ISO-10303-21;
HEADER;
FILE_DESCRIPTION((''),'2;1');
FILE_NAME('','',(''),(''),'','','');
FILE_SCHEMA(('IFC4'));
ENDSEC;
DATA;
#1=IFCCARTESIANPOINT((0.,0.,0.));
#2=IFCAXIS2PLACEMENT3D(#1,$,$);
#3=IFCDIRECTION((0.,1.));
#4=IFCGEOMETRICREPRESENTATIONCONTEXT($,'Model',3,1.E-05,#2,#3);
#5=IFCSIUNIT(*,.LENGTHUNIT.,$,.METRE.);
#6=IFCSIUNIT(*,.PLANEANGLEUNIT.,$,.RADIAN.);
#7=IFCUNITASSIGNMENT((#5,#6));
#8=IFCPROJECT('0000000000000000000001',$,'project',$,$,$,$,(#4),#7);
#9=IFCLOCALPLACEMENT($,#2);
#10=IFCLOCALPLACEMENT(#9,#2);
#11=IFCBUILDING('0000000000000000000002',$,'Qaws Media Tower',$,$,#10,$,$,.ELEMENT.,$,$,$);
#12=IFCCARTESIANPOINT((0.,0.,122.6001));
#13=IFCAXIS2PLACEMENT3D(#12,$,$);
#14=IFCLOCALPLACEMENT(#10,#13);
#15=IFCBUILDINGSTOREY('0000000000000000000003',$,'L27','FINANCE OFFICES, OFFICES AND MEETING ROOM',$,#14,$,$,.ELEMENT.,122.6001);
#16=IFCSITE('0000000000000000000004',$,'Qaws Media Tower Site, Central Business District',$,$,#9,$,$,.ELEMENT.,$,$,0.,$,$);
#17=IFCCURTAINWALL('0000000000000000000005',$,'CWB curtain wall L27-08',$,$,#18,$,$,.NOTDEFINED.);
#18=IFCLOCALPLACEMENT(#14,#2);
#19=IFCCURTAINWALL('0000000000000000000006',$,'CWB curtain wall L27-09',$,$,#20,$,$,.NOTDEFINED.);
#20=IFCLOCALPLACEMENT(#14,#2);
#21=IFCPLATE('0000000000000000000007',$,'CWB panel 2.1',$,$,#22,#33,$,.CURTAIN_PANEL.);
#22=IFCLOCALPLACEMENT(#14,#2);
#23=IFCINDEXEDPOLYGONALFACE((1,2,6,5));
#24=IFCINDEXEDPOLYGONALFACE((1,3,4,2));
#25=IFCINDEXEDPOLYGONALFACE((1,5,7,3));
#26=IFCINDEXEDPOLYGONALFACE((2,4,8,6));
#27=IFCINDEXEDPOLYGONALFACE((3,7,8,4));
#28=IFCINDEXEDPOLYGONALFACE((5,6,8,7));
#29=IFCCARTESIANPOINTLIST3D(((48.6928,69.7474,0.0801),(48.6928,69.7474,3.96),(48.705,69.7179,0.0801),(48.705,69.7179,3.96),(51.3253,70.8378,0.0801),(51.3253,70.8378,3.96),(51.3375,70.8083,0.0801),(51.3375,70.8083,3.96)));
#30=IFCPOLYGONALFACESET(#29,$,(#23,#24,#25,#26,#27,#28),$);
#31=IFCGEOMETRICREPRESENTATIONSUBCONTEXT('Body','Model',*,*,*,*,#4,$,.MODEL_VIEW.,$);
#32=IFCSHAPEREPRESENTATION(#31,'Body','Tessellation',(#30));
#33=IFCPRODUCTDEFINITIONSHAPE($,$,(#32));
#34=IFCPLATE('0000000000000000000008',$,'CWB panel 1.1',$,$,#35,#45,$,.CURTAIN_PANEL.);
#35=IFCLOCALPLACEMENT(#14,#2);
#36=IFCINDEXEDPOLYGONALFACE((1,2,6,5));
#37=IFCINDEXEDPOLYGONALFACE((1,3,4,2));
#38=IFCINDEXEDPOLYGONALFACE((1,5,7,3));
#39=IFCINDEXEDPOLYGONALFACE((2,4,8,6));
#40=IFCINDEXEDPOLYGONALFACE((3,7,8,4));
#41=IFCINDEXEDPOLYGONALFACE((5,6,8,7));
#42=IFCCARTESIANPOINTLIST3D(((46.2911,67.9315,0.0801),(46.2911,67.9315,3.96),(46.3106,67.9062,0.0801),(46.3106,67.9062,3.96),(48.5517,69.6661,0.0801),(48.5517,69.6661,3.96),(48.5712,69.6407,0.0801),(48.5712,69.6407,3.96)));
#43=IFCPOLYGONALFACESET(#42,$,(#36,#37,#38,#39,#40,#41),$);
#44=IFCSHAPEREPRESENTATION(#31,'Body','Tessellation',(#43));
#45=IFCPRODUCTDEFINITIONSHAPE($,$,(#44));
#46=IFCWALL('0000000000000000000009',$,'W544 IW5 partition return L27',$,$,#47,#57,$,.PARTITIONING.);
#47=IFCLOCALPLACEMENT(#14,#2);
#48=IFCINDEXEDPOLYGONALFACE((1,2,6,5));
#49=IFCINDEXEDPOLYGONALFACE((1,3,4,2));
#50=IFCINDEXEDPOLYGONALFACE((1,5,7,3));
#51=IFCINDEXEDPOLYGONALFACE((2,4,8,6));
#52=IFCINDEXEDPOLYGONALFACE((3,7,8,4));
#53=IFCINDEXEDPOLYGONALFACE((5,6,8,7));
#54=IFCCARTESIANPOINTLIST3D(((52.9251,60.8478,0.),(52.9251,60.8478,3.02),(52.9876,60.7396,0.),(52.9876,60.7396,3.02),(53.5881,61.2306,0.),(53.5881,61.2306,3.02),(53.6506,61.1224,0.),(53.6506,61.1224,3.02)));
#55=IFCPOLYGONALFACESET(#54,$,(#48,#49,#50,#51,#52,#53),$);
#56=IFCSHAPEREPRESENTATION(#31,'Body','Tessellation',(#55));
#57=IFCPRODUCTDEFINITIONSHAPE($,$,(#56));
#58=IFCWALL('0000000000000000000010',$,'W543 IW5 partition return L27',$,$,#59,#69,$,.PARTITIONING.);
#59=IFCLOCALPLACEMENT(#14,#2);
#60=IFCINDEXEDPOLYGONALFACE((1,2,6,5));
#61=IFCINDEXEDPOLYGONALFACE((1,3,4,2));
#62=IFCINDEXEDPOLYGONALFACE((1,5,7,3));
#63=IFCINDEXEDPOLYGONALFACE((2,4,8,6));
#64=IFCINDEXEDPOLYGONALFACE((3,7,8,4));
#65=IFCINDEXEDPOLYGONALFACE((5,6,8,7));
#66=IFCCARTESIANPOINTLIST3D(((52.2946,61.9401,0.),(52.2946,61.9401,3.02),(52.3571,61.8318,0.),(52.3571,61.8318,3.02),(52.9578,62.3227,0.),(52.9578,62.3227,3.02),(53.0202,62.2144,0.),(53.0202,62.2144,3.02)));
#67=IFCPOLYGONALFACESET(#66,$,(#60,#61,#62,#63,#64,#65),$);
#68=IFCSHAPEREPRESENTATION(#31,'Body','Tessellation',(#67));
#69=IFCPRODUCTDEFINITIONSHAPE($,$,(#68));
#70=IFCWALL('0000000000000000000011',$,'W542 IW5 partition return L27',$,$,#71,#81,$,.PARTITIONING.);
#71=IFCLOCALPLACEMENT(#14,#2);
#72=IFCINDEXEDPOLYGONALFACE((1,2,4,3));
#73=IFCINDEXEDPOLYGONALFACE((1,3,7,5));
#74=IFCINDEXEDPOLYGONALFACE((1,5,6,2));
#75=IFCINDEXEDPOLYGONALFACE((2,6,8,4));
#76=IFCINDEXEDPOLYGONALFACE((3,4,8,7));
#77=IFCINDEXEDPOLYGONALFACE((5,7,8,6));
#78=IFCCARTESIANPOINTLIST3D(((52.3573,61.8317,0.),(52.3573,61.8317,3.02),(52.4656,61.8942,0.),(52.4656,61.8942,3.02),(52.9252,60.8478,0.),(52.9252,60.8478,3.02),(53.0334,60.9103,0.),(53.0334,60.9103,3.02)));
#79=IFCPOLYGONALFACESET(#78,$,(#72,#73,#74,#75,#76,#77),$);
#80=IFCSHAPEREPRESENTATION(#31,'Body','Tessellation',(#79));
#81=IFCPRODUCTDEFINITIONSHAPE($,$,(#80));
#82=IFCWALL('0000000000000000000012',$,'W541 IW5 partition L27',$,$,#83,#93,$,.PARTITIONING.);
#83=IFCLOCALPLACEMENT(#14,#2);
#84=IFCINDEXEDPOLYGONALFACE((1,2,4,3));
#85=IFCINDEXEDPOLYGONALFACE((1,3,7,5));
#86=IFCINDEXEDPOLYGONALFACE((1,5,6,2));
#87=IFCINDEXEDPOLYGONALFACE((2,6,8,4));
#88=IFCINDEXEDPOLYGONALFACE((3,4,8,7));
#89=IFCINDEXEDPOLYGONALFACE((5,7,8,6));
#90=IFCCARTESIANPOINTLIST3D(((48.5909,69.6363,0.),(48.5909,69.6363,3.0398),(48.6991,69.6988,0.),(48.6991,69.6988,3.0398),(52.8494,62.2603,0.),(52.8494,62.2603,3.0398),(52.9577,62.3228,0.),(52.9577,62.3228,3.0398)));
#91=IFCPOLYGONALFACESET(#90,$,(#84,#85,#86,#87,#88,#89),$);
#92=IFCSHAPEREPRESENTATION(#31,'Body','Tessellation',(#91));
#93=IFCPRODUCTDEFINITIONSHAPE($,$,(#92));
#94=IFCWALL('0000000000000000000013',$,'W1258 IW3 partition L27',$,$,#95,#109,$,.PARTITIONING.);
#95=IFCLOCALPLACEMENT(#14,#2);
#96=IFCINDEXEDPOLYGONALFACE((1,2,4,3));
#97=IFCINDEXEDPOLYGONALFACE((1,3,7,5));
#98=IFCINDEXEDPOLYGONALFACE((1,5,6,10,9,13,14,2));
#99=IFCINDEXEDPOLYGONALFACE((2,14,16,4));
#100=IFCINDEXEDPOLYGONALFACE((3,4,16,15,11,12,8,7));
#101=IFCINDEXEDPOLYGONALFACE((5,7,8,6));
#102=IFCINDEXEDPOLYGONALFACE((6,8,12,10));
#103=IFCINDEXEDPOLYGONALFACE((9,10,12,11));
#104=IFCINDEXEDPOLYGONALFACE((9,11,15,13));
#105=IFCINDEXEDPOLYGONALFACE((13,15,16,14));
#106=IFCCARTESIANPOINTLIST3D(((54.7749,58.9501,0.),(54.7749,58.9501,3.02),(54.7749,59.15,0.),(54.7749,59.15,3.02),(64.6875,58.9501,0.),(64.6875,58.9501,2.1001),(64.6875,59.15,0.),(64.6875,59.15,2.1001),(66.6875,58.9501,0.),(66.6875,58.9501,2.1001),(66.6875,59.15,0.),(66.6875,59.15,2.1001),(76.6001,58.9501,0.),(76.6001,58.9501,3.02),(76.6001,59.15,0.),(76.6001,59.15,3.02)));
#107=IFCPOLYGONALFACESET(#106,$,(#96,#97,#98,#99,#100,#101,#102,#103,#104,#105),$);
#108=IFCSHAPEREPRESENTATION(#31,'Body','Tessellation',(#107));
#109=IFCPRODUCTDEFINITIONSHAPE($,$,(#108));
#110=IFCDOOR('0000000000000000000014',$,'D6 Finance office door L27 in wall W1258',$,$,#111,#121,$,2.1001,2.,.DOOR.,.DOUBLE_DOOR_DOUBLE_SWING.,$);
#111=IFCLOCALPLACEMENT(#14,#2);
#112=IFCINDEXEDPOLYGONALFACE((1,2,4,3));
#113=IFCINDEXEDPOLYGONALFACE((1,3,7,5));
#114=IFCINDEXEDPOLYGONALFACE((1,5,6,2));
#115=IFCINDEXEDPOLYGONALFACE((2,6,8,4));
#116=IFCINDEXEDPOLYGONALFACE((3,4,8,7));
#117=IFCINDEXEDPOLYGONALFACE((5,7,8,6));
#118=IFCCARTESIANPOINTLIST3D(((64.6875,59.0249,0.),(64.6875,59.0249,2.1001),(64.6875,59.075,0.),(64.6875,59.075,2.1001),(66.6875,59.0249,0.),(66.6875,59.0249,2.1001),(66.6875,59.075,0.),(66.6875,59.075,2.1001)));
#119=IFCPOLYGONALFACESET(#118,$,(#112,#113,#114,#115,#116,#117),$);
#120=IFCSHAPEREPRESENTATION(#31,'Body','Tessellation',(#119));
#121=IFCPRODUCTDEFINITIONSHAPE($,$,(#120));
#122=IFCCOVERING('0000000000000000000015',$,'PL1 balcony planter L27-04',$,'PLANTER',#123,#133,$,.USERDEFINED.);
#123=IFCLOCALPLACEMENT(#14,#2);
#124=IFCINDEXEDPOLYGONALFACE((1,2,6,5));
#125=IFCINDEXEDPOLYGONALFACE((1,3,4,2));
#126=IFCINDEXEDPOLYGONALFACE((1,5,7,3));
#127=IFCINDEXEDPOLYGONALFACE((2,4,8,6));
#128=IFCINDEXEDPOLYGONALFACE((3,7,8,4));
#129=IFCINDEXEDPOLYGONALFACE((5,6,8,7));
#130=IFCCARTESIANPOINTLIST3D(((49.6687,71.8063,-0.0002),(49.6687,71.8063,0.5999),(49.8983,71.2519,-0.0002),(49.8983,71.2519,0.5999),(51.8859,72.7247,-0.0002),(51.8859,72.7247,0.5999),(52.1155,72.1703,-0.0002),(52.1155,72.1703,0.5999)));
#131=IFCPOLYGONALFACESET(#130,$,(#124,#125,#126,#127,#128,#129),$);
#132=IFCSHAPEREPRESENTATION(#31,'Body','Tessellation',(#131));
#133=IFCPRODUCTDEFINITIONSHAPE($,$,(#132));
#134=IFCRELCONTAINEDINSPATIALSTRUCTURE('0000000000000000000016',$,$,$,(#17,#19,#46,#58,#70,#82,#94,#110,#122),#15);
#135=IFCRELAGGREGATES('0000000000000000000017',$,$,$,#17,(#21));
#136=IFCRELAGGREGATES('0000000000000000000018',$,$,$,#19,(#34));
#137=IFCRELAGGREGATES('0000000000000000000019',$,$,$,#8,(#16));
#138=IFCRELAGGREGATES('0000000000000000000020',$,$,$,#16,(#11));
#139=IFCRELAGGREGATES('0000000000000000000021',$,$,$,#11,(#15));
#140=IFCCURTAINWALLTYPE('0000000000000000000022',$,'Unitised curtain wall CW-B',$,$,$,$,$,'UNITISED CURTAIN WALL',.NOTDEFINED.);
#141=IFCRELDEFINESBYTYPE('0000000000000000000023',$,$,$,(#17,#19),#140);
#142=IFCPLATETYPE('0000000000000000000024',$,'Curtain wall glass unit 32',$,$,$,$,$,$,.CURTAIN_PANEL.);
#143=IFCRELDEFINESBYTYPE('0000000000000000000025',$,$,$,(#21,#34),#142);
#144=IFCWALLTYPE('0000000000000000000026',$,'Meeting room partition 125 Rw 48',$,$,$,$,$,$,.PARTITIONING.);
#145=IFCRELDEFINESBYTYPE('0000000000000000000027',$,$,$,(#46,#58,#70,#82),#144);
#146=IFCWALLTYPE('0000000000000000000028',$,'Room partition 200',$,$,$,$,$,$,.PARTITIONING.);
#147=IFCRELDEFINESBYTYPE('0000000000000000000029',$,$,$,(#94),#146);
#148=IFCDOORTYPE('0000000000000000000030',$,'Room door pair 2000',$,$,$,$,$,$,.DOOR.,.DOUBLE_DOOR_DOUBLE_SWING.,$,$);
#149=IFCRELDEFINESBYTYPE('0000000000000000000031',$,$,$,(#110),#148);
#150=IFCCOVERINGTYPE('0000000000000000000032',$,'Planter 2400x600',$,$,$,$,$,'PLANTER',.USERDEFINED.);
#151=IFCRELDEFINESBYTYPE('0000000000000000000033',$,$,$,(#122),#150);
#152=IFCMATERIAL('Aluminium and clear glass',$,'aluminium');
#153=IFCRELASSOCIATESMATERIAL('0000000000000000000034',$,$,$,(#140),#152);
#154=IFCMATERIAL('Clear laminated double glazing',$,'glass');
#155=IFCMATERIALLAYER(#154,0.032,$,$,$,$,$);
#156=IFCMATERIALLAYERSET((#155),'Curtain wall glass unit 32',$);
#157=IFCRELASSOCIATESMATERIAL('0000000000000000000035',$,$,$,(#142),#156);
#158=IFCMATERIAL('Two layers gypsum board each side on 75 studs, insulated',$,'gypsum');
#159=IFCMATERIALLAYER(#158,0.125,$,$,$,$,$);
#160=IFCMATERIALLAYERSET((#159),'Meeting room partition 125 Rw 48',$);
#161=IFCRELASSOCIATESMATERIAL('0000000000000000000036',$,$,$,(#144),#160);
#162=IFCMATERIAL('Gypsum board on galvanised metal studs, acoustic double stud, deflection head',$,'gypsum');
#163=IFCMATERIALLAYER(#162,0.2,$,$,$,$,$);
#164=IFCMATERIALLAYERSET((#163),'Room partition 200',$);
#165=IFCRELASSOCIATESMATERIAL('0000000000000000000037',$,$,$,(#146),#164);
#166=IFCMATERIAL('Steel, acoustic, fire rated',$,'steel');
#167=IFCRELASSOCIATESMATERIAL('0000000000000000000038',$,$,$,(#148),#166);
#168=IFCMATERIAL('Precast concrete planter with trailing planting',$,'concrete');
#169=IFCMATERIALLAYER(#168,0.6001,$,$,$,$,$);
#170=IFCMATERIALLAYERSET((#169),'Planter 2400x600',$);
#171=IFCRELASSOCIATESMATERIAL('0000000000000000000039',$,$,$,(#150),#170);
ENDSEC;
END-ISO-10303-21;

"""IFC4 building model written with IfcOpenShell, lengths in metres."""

from ifc_helpers import new_model, si_unit, direction, frame, frame_2d, origin, origin_2d, place, context, subcontext, project, spatial, rectangle, extrude, material, layer, layer_set, type_object, element, fill, aggregate, save


model = new_model("IFC4")

# Units and contexts
model_context = context("Model", 3, precision=1e-05, world=origin(), true_north=direction((0.0, 1.0)))
body_context = subcontext(model_context, "Body", "Model", "MODEL_VIEW")
ifc_project = project(units=[si_unit("LENGTHUNIT", "METRE"), si_unit("PLANEANGLEUNIT", "RADIAN")], contexts=[model_context])

# Site, building, storey
site_placement = place(None, origin())
site = spatial("IfcSite", under=ifc_project, at=site_placement, Name="Qaws Media Tower Site, Central Business District", CompositionType="ELEMENT", RefElevation=0.0)
building_placement = place(site_placement, origin())
building = spatial("IfcBuilding", under=site, at=building_placement, Name="Qaws Media Tower", CompositionType="ELEMENT")
storey_placement = place(building_placement, frame((0.0, 0.0, 122.6001)))
storey = spatial("IfcBuildingStorey", under=building, at=storey_placement, Name="L27", Description="FINANCE OFFICES, OFFICES AND MEETING ROOM", CompositionType="ELEMENT", Elevation=122.6001)

# Curtain walls
ifc_material_1 = material(Name="Aluminium and clear glass", Category="aluminium")
curtain_wall_type = type_object("IfcCurtainWallType", Name="Unitised curtain wall CW-B", ElementType="UNITISED CURTAIN WALL", PredefinedType="NOTDEFINED", material=ifc_material_1)
curtain_wall_1_placement = place(storey_placement, origin())
curtain_wall_1 = element("IfcCurtainWall", 1, at=curtain_wall_1_placement, inside=storey, type_object=curtain_wall_type, Name="CWB curtain wall L27-08", PredefinedType="NOTDEFINED")
curtain_wall_2_placement = place(storey_placement, origin())
curtain_wall_2 = element("IfcCurtainWall", 2, at=curtain_wall_2_placement, inside=storey, type_object=curtain_wall_type, Name="CWB curtain wall L27-09", PredefinedType="NOTDEFINED")

# Plates
ifc_material_2 = material(Name="Clear laminated double glazing", Category="glass")
ifc_layer_1 = layer(ifc_material_2, 0.032)
ifc_layer_set_1 = layer_set([ifc_layer_1], Name="Curtain wall glass unit 32")
plate_type = type_object("IfcPlateType", Name="Curtain wall glass unit 32", PredefinedType="CURTAIN_PANEL", material=ifc_layer_set_1)
plate_1_placement = place(storey_placement, frame((50.0151, 70.2778, 0.0801), z_axis=(0.0, 0.0, 1.0), x_axis=(-0.92388, -0.382683, 0.0)))
plate_1 = element("IfcPlate", 3, at=plate_1_placement, type_object=plate_type, Name="CWB panel 2.1", PredefinedType="CURTAIN_PANEL", context=body_context, shape_type="SweptSolid", body=[
    extrude(rectangle(XDim=2.8494, YDim=0.032, at=origin_2d()), origin(), (0.0, 0.0, 1.0), 3.8799),
])
aggregate(curtain_wall_1, [plate_1])
plate_2_placement = place(storey_placement, frame((47.4312, 68.7861, 0.0801), z_axis=(0.0, 0.0, 1.0), x_axis=(-0.793353, -0.608761, 0.0)))
plate_2 = element("IfcPlate", 4, at=plate_2_placement, type_object=plate_type, Name="CWB panel 1.1", PredefinedType="CURTAIN_PANEL", context=body_context, shape_type="SweptSolid", body=[
    extrude(rectangle(XDim=2.8494, YDim=0.032, at=origin_2d()), origin(), (0.0, 0.0, 1.0), 3.8799),
])
aggregate(curtain_wall_2, [plate_2])

# Walls
ifc_material_3 = material(Name="Two layers gypsum board each side on 75 studs, insulated", Category="gypsum")
ifc_layer_2 = layer(ifc_material_3, 0.125)
ifc_layer_set_2 = layer_set([ifc_layer_2], Name="Meeting room partition 125 Rw 48")
wall_type_1 = type_object("IfcWallType", Name="Meeting room partition 125 Rw 48", PredefinedType="PARTITIONING", material=ifc_layer_set_2)
for number, where, z_axis, x_axis, name in (
    (5, (53.6194, 61.1765, 0.0), (0.0, 0.0, 1.0), (-0.866037, -0.49998, 0.0), "W544 IW5 partition return L27"),
    (6, (52.989, 62.2686, 0.0), (0.0, 0.0, 1.0), (-0.866175, -0.499741, 0.0), "W543 IW5 partition return L27"),
):
    element("IfcWall", number, at=place(storey_placement, frame(where, z_axis=z_axis, x_axis=x_axis)), inside=storey, type_object=wall_type_1, Name=name, PredefinedType="PARTITIONING", context=body_context, shape_type="SweptSolid", body=[
        extrude(rectangle(XDim=0.7656, YDim=0.125, at=frame_2d((0.3828, 0.0))), origin(), (0.0, 0.0, 1.0), 3.02),
    ])
wall_1_placement = place(storey_placement, frame((52.9792, 60.8792, 0.0), z_axis=(0.0, 0.0, 1.0), x_axis=(-0.499884, 0.866093, 0.0)))
element("IfcWall", 7, at=wall_1_placement, inside=storey, type_object=wall_type_1, Name="W542 IW5 partition return L27", PredefinedType="PARTITIONING", context=body_context, shape_type="SweptSolid", body=[
    extrude(rectangle(XDim=1.136, YDim=0.125, at=frame_2d((0.5679, 0.0))), origin(), (0.0, 0.0, 1.0), 3.02),
])
wall_2_placement = place(storey_placement, frame((52.9036, 62.2915, 0.0), z_axis=(0.0, 0.0, 1.0), x_axis=(-0.500002, 0.866024, 0.0)))
element("IfcWall", 8, at=wall_2_placement, inside=storey, type_object=wall_type_1, Name="W541 IW5 partition L27", PredefinedType="PARTITIONING", context=body_context, shape_type="SweptSolid", body=[
    extrude(rectangle(XDim=8.5171, YDim=0.125, at=frame_2d((4.2585, 0.0))), origin(), (0.0, 0.0, 1.0), 3.0398),
])

# Wall, opening, door
ifc_material_4 = material(Name="Gypsum board on galvanised metal studs, acoustic double stud, deflection head", Category="gypsum")
ifc_layer_3 = layer(ifc_material_4, 0.2)
ifc_layer_set_3 = layer_set([ifc_layer_3], Name="Room partition 200")
wall_type_2 = type_object("IfcWallType", Name="Room partition 200", PredefinedType="PARTITIONING", material=ifc_layer_set_3)
wall_3_placement = place(storey_placement, frame((54.7749, 59.05, 0.0), z_axis=(0.0, 0.0, 1.0), x_axis=(1.0, 0.0, 0.0)))
wall_3 = element("IfcWall", 9, at=wall_3_placement, inside=storey, type_object=wall_type_2, Name="W1258 IW3 partition L27", PredefinedType="PARTITIONING", context=body_context, shape_type="SweptSolid", body=[
    extrude(rectangle(XDim=21.8252, YDim=0.2, at=frame_2d((10.9126, 0.0))), origin(), (0.0, 0.0, 1.0), 3.02),
])
opening_placement = place(wall_3_placement, frame((9.9126, 0.0, 0.0)))
opening = element("IfcOpeningElement", 10, at=opening_placement, cuts=wall_3, PredefinedType="OPENING", context=body_context, shape_type="SweptSolid", body=[
    extrude(rectangle(XDim=2.0, YDim=2.1001, at=frame_2d((1.0, 1.05))), frame((0.0, 0.1099, 0.0), z_axis=(0.0, -1.0, 0.0), x_axis=(1.0, 0.0, 0.0)), (0.0, 0.0, 1.0), 0.22),
])
ifc_material_5 = material(Name="Steel, acoustic, fire rated", Category="steel")
door_type = type_object("IfcDoorType", Name="Room door pair 2000", OperationType="DOUBLE_DOOR_DOUBLE_SWING", PredefinedType="DOOR", material=ifc_material_5)
door_placement = place(opening_placement, origin())
door = element("IfcDoor", 11, at=door_placement, inside=storey, type_object=door_type, Name="D6 Finance office door L27 in wall W1258", OperationType="DOUBLE_DOOR_DOUBLE_SWING", OverallHeight=2.1001, OverallWidth=2.0, PredefinedType="DOOR", context=body_context, shape_type="SweptSolid", body=[
    extrude(rectangle(XDim=2.0, YDim=2.1001, at=frame_2d((1.0, 1.05))), frame((0.0, 0.0249, 0.0), z_axis=(0.0, -1.0, 0.0), x_axis=(1.0, 0.0, 0.0)), (0.0, 0.0, 1.0), 0.05),
])
fill(opening, door)

# Covering
ifc_material_6 = material(Name="Precast concrete planter with trailing planting", Category="concrete")
ifc_layer_4 = layer(ifc_material_6, 0.6001)
ifc_layer_set_4 = layer_set([ifc_layer_4], Name="Planter 2400x600")
covering_type = type_object("IfcCoveringType", Name="Planter 2400x600", ElementType="PLANTER", PredefinedType="USERDEFINED", material=ifc_layer_set_4)
covering_placement = place(storey_placement, frame((50.8921, 71.9883, -0.0002), z_axis=(0.0, 0.0, 1.0), x_axis=(-0.92388, -0.382683, 0.0)))
element("IfcCovering", 12, at=covering_placement, inside=storey, type_object=covering_type, Name="PL1 balcony planter L27-04", ObjectType="PLANTER", PredefinedType="USERDEFINED", context=body_context, shape_type="SweptSolid", body=[
    extrude(rectangle(XDim=2.3999, YDim=0.6001, at=origin_2d()), origin(), (0.0, 0.0, 1.0), 0.6001),
])

save(model, "model.ifc")
